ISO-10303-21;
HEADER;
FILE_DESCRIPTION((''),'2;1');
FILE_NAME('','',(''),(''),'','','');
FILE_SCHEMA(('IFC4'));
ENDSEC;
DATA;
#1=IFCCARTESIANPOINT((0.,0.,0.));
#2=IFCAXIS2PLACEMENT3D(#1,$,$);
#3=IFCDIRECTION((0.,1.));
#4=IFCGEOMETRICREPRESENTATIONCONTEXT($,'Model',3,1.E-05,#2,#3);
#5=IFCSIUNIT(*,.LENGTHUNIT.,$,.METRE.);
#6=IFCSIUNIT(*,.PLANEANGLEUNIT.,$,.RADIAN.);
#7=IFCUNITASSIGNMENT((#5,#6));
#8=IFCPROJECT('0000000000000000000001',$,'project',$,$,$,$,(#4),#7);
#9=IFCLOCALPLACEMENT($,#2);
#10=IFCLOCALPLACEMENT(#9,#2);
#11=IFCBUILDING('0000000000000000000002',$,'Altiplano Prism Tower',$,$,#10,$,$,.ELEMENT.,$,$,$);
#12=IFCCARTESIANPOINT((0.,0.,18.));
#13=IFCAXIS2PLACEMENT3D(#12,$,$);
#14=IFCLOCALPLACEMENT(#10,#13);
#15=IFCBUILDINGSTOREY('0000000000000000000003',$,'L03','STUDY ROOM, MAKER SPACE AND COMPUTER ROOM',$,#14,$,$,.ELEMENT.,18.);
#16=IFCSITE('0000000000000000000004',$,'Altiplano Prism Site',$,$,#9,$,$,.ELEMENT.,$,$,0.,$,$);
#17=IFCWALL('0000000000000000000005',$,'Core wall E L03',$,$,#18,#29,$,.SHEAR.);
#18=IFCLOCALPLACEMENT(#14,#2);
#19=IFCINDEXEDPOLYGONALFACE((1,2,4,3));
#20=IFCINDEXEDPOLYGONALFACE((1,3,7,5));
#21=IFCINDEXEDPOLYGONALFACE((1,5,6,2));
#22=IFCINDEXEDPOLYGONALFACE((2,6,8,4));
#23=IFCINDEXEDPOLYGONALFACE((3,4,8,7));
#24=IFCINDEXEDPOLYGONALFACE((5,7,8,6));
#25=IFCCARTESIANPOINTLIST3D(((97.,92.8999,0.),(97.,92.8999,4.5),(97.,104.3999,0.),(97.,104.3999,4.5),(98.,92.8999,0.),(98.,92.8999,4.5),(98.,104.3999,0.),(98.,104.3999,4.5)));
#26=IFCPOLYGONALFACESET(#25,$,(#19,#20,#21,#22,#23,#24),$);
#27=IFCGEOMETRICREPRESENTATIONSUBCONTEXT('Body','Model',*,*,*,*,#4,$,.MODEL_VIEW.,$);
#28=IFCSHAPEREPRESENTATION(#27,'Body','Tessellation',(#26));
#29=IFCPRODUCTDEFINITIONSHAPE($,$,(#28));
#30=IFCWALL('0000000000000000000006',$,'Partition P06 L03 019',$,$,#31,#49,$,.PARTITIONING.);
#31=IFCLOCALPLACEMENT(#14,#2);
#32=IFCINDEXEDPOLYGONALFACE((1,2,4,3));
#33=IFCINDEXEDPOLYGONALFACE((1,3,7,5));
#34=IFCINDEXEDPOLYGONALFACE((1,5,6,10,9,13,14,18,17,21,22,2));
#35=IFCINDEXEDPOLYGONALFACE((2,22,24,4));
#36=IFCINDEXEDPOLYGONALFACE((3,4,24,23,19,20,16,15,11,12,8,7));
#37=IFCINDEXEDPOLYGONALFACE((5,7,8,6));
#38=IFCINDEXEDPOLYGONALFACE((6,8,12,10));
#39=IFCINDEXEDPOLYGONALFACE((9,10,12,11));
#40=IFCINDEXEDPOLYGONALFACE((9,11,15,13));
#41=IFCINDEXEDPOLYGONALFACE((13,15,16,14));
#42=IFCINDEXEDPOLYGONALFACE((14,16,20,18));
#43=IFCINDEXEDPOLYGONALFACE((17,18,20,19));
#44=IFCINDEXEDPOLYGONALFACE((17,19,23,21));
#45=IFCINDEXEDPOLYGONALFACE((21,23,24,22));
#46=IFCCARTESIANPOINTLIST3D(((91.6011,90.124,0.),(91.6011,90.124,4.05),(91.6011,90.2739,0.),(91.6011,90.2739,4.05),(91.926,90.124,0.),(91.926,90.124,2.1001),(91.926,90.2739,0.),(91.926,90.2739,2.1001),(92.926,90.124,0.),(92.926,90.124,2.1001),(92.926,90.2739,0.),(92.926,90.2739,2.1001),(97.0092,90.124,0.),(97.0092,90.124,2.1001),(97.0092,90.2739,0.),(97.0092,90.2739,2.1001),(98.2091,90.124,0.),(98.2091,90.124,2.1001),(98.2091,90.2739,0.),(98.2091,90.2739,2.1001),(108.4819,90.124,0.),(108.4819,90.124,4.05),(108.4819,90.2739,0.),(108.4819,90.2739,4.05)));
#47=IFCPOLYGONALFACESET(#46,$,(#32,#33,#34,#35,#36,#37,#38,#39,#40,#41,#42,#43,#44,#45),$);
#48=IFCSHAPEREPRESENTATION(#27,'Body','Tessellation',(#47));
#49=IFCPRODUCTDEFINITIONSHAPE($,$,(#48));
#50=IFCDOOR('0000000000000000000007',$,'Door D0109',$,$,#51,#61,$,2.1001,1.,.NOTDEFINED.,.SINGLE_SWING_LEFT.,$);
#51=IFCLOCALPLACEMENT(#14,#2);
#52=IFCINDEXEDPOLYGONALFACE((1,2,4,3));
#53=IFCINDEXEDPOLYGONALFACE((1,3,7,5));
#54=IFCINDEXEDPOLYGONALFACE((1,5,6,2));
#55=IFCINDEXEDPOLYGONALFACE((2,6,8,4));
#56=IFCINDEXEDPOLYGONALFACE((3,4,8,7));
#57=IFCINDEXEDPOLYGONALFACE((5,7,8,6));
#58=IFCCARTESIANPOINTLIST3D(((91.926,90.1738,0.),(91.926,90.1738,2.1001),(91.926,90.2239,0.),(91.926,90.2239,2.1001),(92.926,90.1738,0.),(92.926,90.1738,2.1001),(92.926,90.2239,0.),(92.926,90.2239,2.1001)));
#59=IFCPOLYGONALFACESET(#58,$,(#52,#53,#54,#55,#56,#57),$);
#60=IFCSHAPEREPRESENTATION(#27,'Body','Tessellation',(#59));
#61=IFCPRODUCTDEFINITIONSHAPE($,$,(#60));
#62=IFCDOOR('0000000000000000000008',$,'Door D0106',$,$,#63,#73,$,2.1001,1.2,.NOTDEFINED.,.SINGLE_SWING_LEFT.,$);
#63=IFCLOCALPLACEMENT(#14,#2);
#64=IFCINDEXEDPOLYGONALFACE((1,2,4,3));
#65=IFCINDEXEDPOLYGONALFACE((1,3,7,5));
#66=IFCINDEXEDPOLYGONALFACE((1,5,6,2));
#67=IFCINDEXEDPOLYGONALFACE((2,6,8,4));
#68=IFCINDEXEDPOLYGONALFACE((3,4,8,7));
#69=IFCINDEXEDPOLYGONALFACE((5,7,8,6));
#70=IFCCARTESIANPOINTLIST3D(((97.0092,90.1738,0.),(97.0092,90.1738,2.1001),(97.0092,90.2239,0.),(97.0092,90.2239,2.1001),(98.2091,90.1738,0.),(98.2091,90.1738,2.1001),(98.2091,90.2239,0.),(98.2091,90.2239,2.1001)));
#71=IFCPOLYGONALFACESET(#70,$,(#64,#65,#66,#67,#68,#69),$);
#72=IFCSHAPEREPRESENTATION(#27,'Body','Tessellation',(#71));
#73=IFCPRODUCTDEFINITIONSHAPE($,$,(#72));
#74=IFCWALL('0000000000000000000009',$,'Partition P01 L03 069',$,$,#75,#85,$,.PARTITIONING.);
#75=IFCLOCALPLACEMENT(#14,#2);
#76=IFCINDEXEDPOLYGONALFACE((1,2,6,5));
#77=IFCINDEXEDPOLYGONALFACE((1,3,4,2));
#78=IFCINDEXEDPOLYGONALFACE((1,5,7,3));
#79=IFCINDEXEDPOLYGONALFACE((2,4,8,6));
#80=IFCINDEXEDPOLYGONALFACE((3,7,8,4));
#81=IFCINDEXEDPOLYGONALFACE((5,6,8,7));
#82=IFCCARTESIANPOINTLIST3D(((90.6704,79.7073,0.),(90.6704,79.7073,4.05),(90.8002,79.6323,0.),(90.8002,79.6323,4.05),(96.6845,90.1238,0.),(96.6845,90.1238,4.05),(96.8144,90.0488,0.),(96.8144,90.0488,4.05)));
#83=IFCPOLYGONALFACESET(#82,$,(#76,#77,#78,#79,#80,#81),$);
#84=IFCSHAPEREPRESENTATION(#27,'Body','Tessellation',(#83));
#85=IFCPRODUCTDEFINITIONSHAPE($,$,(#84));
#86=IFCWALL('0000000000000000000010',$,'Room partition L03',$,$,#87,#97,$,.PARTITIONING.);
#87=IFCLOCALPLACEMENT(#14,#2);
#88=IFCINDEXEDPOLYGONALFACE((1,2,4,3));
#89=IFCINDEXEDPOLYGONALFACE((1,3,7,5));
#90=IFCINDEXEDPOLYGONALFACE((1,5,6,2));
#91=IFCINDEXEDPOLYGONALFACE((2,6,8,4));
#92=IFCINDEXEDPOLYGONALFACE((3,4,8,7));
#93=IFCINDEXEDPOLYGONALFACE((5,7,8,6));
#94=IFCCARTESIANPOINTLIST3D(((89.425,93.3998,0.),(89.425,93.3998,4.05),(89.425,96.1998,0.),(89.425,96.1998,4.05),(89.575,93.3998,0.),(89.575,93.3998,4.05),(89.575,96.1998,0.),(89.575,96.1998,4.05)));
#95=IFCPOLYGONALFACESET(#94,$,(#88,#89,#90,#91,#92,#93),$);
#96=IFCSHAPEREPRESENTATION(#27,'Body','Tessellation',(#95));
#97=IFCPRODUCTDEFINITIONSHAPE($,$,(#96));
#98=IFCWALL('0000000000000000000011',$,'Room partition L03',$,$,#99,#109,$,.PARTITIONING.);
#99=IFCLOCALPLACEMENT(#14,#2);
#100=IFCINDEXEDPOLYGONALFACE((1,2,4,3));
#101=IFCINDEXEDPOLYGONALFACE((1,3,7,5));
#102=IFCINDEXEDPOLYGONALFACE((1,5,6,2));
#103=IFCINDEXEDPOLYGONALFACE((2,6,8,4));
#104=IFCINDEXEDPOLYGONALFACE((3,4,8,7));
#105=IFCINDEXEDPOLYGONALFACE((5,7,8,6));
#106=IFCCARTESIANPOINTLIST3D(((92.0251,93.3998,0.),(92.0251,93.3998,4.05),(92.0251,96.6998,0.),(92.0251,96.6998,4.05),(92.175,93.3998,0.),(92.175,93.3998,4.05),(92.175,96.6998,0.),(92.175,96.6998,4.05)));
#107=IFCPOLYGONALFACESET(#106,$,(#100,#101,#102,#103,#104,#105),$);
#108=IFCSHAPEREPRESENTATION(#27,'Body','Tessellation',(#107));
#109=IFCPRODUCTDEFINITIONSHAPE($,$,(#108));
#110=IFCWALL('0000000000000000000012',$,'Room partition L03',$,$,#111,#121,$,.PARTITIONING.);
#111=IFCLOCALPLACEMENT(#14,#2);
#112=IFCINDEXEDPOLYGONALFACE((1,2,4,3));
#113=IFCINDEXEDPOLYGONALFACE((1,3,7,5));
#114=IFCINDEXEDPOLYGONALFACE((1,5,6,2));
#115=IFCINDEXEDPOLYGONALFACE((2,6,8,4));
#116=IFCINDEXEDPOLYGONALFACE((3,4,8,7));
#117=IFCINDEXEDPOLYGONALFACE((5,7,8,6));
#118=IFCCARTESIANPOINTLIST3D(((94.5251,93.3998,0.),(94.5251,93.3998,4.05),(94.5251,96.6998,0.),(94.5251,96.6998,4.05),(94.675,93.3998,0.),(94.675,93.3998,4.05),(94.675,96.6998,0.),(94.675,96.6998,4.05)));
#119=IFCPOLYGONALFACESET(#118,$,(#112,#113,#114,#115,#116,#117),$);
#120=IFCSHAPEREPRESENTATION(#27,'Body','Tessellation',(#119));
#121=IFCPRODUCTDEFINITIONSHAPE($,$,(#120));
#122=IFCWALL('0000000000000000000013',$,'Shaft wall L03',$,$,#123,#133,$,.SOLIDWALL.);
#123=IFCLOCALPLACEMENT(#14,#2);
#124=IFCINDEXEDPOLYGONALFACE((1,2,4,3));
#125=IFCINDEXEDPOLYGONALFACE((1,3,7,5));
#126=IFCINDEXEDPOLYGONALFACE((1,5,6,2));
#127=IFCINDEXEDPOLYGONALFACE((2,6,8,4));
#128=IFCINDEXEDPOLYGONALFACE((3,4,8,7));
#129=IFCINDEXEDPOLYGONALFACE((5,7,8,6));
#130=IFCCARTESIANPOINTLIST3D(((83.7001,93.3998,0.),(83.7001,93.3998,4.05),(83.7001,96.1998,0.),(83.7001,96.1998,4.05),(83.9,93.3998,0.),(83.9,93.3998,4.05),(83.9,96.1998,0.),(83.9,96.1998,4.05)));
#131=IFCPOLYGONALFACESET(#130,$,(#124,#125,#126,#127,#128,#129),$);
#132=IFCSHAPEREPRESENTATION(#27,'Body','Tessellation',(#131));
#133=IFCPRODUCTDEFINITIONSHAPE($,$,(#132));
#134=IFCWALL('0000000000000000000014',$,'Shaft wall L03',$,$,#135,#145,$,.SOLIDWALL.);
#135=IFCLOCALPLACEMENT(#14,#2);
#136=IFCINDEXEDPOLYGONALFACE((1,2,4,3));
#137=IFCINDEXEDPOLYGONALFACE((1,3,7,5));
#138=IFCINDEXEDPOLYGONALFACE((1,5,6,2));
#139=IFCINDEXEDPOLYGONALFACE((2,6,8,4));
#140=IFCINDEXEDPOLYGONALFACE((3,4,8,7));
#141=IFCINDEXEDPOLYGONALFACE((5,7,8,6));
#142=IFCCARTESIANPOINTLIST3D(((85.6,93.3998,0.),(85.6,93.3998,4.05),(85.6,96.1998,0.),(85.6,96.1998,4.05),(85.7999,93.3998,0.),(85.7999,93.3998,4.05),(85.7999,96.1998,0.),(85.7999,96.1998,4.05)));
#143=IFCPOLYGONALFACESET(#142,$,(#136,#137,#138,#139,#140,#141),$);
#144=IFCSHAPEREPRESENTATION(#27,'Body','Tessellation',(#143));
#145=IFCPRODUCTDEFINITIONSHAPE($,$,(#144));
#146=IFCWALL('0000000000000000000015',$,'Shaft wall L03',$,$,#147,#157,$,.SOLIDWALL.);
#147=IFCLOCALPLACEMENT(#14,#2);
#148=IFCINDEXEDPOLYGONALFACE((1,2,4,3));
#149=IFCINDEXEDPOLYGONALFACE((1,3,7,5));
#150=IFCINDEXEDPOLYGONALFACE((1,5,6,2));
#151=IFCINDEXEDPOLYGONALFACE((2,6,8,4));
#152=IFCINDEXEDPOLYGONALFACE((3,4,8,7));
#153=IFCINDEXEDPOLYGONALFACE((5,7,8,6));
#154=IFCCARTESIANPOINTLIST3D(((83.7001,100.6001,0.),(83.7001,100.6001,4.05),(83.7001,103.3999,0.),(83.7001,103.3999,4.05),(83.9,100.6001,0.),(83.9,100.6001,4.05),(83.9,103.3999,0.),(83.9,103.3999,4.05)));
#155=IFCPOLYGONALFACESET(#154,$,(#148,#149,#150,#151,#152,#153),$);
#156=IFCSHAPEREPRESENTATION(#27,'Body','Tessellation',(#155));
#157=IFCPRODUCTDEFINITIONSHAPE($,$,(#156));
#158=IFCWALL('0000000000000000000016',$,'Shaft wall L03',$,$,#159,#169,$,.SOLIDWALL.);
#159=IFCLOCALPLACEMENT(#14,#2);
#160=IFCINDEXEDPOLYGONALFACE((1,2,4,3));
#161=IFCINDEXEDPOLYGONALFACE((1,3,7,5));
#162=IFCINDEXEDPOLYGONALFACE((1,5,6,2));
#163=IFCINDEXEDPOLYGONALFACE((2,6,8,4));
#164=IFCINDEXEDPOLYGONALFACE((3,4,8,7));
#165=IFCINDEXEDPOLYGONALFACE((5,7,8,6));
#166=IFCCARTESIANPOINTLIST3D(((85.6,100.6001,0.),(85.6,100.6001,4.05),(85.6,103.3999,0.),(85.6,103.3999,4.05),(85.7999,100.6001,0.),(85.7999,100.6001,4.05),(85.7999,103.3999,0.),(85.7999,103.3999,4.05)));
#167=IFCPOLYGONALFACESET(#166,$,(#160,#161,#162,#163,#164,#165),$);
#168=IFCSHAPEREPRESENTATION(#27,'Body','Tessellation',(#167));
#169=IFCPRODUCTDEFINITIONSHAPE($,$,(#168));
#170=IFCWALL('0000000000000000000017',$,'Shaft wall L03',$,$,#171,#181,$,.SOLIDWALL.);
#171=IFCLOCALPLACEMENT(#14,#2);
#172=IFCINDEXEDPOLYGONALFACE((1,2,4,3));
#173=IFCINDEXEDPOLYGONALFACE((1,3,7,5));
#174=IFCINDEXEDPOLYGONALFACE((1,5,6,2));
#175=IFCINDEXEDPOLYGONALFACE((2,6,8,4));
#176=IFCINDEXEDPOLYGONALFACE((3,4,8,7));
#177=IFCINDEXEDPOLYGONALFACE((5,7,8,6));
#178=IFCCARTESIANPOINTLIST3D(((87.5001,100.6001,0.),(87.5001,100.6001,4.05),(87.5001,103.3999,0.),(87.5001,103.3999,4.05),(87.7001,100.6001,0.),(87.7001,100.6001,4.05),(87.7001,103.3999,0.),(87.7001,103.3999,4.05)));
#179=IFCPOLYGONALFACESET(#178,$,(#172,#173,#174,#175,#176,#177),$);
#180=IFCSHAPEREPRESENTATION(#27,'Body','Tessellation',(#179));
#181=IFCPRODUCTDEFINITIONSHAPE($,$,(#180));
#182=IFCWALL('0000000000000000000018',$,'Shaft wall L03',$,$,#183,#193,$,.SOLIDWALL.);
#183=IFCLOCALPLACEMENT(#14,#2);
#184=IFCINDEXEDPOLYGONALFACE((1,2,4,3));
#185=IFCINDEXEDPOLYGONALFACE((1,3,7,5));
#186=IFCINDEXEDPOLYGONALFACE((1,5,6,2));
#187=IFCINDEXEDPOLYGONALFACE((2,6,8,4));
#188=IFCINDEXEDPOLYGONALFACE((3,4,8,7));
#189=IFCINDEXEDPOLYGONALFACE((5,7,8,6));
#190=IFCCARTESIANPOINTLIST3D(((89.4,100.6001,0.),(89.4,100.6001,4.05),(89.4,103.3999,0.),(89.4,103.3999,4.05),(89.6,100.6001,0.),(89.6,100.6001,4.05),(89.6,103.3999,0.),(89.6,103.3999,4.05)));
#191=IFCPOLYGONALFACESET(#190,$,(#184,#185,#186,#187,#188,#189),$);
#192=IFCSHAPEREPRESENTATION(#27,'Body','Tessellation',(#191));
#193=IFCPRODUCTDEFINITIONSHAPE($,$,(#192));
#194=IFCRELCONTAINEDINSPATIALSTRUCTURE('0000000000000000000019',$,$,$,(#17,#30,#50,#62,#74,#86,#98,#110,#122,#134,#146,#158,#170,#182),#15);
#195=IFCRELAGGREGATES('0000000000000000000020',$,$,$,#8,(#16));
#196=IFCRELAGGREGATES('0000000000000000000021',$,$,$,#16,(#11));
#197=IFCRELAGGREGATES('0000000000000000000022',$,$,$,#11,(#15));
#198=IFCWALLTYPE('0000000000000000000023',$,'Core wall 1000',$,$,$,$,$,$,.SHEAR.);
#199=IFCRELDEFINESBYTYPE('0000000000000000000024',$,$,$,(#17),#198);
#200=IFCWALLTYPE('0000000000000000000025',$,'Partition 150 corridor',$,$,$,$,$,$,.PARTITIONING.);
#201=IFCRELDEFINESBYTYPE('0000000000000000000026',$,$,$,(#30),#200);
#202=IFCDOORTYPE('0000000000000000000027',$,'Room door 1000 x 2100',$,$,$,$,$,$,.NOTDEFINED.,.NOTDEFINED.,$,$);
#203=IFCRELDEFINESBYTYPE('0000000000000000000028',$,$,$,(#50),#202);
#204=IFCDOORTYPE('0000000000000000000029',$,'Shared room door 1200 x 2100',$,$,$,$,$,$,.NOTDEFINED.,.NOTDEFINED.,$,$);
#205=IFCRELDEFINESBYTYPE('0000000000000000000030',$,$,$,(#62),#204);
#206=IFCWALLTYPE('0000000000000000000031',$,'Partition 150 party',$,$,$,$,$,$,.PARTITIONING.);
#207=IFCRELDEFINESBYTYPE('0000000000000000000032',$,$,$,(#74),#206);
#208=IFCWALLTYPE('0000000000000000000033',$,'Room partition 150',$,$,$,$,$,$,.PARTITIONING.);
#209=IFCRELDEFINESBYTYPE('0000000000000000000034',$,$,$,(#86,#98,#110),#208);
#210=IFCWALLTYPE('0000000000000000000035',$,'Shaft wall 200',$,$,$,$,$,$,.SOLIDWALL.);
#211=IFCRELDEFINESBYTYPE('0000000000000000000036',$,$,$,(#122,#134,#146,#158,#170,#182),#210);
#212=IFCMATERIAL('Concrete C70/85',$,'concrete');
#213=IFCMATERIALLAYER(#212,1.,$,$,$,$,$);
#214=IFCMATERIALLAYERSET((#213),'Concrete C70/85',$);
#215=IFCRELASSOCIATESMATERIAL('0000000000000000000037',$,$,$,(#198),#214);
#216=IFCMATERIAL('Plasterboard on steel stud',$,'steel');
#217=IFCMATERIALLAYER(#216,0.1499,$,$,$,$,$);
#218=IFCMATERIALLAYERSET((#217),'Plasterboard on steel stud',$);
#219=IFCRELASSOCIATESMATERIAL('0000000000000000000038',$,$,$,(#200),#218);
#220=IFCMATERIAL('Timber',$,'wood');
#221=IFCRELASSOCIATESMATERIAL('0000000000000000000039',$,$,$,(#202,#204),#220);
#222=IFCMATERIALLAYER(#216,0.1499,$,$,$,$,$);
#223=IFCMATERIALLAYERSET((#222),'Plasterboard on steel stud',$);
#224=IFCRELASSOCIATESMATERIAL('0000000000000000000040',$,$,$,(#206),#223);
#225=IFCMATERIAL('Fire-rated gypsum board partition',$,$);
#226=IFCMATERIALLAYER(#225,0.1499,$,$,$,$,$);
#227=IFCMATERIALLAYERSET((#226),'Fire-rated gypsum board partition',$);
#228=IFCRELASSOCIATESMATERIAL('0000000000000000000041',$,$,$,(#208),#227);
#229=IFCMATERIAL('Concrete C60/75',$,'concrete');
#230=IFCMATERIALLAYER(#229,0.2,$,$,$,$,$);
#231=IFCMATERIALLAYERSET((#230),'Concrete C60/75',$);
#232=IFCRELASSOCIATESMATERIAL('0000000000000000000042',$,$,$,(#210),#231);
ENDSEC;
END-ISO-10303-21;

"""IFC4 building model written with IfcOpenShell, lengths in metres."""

from ifc_helpers import new_model, si_unit, direction, frame, frame_2d, origin, place, context, subcontext, project, spatial, rectangle, extrude, material, layer, layer_set, type_object, element, fill, save


model = new_model("IFC4")

# Units and contexts
model_context = context("Model", 3, precision=1e-05, world=origin(), true_north=direction((0.0, 1.0)))
body_context = subcontext(model_context, "Body", "Model", "MODEL_VIEW")
ifc_project = project(units=[si_unit("LENGTHUNIT", "METRE"), si_unit("PLANEANGLEUNIT", "RADIAN")], contexts=[model_context])

# Site, building, storey
site_placement = place(None, origin())
site = spatial("IfcSite", under=ifc_project, at=site_placement, Name="Altiplano Prism Site", CompositionType="ELEMENT", RefElevation=0.0)
building_placement = place(site_placement, origin())
building = spatial("IfcBuilding", under=site, at=building_placement, Name="Altiplano Prism Tower", CompositionType="ELEMENT")
storey_placement = place(building_placement, frame((0.0, 0.0, 18.0)))
storey = spatial("IfcBuildingStorey", under=building, at=storey_placement, Name="L03", Description="STUDY ROOM, MAKER SPACE AND COMPUTER ROOM", CompositionType="ELEMENT", Elevation=18.0)

# Wall
ifc_material_1 = material(Name="Concrete C70/85", Category="concrete")
ifc_layer_1 = layer(ifc_material_1, 1.0)
ifc_layer_set_1 = layer_set([ifc_layer_1], Name="Concrete C70/85")
wall_type_1 = type_object("IfcWallType", Name="Core wall 1000", PredefinedType="SHEAR", material=ifc_layer_set_1)
wall_1_placement = place(storey_placement, frame((97.5, 92.8999, 0.0), z_axis=(0.0, 0.0, 1.0), x_axis=(0.0, 1.0, 0.0)))
element("IfcWall", 1, at=wall_1_placement, inside=storey, type_object=wall_type_1, Name="Core wall E L03", PredefinedType="SHEAR", context=body_context, shape_type="SweptSolid", body=[
    extrude(rectangle(XDim=11.5, YDim=1.0, at=frame_2d((5.75, 0.0))), origin(), (0.0, 0.0, 1.0), 4.5),
])

# Wall, openings, doors
ifc_material_2 = material(Name="Plasterboard on steel stud", Category="steel")
ifc_layer_2 = layer(ifc_material_2, 0.1499)
ifc_layer_set_2 = layer_set([ifc_layer_2], Name="Plasterboard on steel stud")
wall_type_2 = type_object("IfcWallType", Name="Partition 150 corridor", PredefinedType="PARTITIONING", material=ifc_layer_set_2)
wall_2_placement = place(storey_placement, frame((91.6011, 90.199, 0.0), z_axis=(0.0, 0.0, 1.0), x_axis=(1.0, 0.0, 0.0)))
wall_2 = element("IfcWall", 2, at=wall_2_placement, inside=storey, type_object=wall_type_2, Name="Partition P06 L03 019", PredefinedType="PARTITIONING", context=body_context, shape_type="SweptSolid", body=[
    extrude(rectangle(XDim=16.8809, YDim=0.1499, at=frame_2d((8.4404, 0.0))), origin(), (0.0, 0.0, 1.0), 4.05),
])
opening_1_placement = place(wall_2_placement, frame((5.408, 0.0, 0.0)))
opening_1 = element("IfcOpeningElement", 3, at=opening_1_placement, cuts=wall_2, PredefinedType="OPENING", context=body_context, shape_type="SweptSolid", body=[
    extrude(rectangle(XDim=1.2, YDim=2.1001, at=frame_2d((0.6001, 1.05))), frame((0.0, 0.0854, 0.0), z_axis=(0.0, -1.0, 0.0), x_axis=(1.0, 0.0, 0.0)), (0.0, 0.0, 1.0), 0.1709),
])
opening_2_placement = place(wall_2_placement, frame((0.325, 0.0, 0.0)))
opening_2 = element("IfcOpeningElement", 4, at=opening_2_placement, cuts=wall_2, PredefinedType="OPENING", context=body_context, shape_type="SweptSolid", body=[
    extrude(rectangle(XDim=1.0, YDim=2.1001, at=frame_2d((0.5, 1.05))), frame((0.0, 0.0854, 0.0), z_axis=(0.0, -1.0, 0.0), x_axis=(1.0, 0.0, 0.0)), (0.0, 0.0, 1.0), 0.1709),
])
ifc_material_3 = material(Name="Timber", Category="wood")
door_type_1 = type_object("IfcDoorType", Name="Room door 1000 x 2100", OperationType="NOTDEFINED", PredefinedType="NOTDEFINED", material=ifc_material_3)
door_1_placement = place(opening_2_placement, origin())
door_1 = element("IfcDoor", 5, at=door_1_placement, inside=storey, type_object=door_type_1, Name="Door D0109", OperationType="SINGLE_SWING_LEFT", OverallHeight=2.1001, OverallWidth=1.0, PredefinedType="NOTDEFINED", context=body_context, shape_type="SweptSolid", body=[
    extrude(rectangle(XDim=1.0, YDim=2.1001, at=frame_2d((0.5, 1.05))), frame((0.0, 0.0249, 0.0), z_axis=(0.0, -1.0, 0.0), x_axis=(1.0, 0.0, 0.0)), (0.0, 0.0, 1.0), 0.05),
])
fill(opening_2, door_1)
door_type_2 = type_object("IfcDoorType", Name="Shared room door 1200 x 2100", OperationType="NOTDEFINED", PredefinedType="NOTDEFINED", material=ifc_material_3)
door_2_placement = place(opening_1_placement, origin())
door_2 = element("IfcDoor", 6, at=door_2_placement, inside=storey, type_object=door_type_2, Name="Door D0106", OperationType="SINGLE_SWING_LEFT", OverallHeight=2.1001, OverallWidth=1.2, PredefinedType="NOTDEFINED", context=body_context, shape_type="SweptSolid", body=[
    extrude(rectangle(XDim=1.2, YDim=2.1001, at=frame_2d((0.6001, 1.05))), frame((0.0, 0.0249, 0.0), z_axis=(0.0, -1.0, 0.0), x_axis=(1.0, 0.0, 0.0)), (0.0, 0.0, 1.0), 0.05),
])
fill(opening_1, door_2)

# Walls
ifc_layer_3 = layer(ifc_material_2, 0.1499)
ifc_layer_set_3 = layer_set([ifc_layer_3], Name="Plasterboard on steel stud")
wall_type_3 = type_object("IfcWallType", Name="Partition 150 party", PredefinedType="PARTITIONING", material=ifc_layer_set_3)
wall_3_placement = place(storey_placement, frame((96.7495, 90.0864, 0.0), z_axis=(0.0, 0.0, 1.0), x_axis=(-0.500012, -0.866019, 0.0)))
element("IfcWall", 7, at=wall_3_placement, inside=storey, type_object=wall_type_3, Name="Partition P01 L03 069", PredefinedType="PARTITIONING", context=body_context, shape_type="SweptSolid", body=[
    extrude(rectangle(XDim=12.0281, YDim=0.1499, at=frame_2d((6.0142, 0.0))), origin(), (0.0, 0.0, 1.0), 4.05),
])
ifc_material_4 = material(Name="Fire-rated gypsum board partition")
ifc_layer_4 = layer(ifc_material_4, 0.1499)
ifc_layer_set_4 = layer_set([ifc_layer_4], Name="Fire-rated gypsum board partition")
wall_type_4 = type_object("IfcWallType", Name="Room partition 150", PredefinedType="PARTITIONING", material=ifc_layer_set_4)
wall_4_placement = place(storey_placement, frame((89.5, 93.3999, 0.0), z_axis=(0.0, 0.0, 1.0), x_axis=(0.0, 1.0, 0.0)))
element("IfcWall", 8, at=wall_4_placement, inside=storey, type_object=wall_type_4, Name="Room partition L03", PredefinedType="PARTITIONING", context=body_context, shape_type="SweptSolid", body=[
    extrude(rectangle(XDim=2.8, YDim=0.1499, at=frame_2d((1.3999, 0.0))), origin(), (0.0, 0.0, 1.0), 4.05),
])
for number, where, z_axis, x_axis, name in (
    (9, (92.1001, 93.3999, 0.0), (0.0, 0.0, 1.0), (0.0, 1.0, 0.0), "Room partition L03"),
    (10, (94.6001, 93.3999, 0.0), (0.0, 0.0, 1.0), (0.0, 1.0, 0.0), "Room partition L03"),
):
    element("IfcWall", number, at=place(storey_placement, frame(where, z_axis=z_axis, x_axis=x_axis)), inside=storey, type_object=wall_type_4, Name=name, PredefinedType="PARTITIONING", context=body_context, shape_type="SweptSolid", body=[
        extrude(rectangle(XDim=3.3, YDim=0.1499, at=frame_2d((1.6499, 0.0))), origin(), (0.0, 0.0, 1.0), 4.05),
    ])
ifc_material_5 = material(Name="Concrete C60/75", Category="concrete")
ifc_layer_5 = layer(ifc_material_5, 0.2)
ifc_layer_set_5 = layer_set([ifc_layer_5], Name="Concrete C60/75")
wall_type_5 = type_object("IfcWallType", Name="Shaft wall 200", PredefinedType="SOLIDWALL", material=ifc_layer_set_5)
for number, where, z_axis, x_axis, name in (
    (11, (83.8, 93.3999, 0.0), (0.0, 0.0, 1.0), (0.0, 1.0, 0.0), "Shaft wall L03"),
    (12, (85.7, 93.3999, 0.0), (0.0, 0.0, 1.0), (0.0, 1.0, 0.0), "Shaft wall L03"),
):
    element("IfcWall", number, at=place(storey_placement, frame(where, z_axis=z_axis, x_axis=x_axis)), inside=storey, type_object=wall_type_5, Name=name, PredefinedType="SOLIDWALL", context=body_context, shape_type="SweptSolid", body=[
        extrude(rectangle(XDim=2.8, YDim=0.2, at=frame_2d((1.3999, 0.0))), origin(), (0.0, 0.0, 1.0), 4.05),
    ])
for number, where, z_axis, x_axis, name in (
    (13, (83.8, 100.6001, 0.0), (0.0, 0.0, 1.0), (0.0, 1.0, 0.0), "Shaft wall L03"),
    (14, (85.7, 100.6001, 0.0), (0.0, 0.0, 1.0), (0.0, 1.0, 0.0), "Shaft wall L03"),
    (15, (87.6001, 100.6001, 0.0), (0.0, 0.0, 1.0), (0.0, 1.0, 0.0), "Shaft wall L03"),
    (16, (89.5, 100.6001, 0.0), (0.0, 0.0, 1.0), (0.0, 1.0, 0.0), "Shaft wall L03"),
):
    element("IfcWall", number, at=place(storey_placement, frame(where, z_axis=z_axis, x_axis=x_axis)), inside=storey, type_object=wall_type_5, Name=name, PredefinedType="SOLIDWALL", context=body_context, shape_type="SweptSolid", body=[
        extrude(rectangle(XDim=2.7998, YDim=0.2, at=frame_2d((1.3999, 0.0))), origin(), (0.0, 0.0, 1.0), 4.05),
    ])

save(model, "model.ifc")
